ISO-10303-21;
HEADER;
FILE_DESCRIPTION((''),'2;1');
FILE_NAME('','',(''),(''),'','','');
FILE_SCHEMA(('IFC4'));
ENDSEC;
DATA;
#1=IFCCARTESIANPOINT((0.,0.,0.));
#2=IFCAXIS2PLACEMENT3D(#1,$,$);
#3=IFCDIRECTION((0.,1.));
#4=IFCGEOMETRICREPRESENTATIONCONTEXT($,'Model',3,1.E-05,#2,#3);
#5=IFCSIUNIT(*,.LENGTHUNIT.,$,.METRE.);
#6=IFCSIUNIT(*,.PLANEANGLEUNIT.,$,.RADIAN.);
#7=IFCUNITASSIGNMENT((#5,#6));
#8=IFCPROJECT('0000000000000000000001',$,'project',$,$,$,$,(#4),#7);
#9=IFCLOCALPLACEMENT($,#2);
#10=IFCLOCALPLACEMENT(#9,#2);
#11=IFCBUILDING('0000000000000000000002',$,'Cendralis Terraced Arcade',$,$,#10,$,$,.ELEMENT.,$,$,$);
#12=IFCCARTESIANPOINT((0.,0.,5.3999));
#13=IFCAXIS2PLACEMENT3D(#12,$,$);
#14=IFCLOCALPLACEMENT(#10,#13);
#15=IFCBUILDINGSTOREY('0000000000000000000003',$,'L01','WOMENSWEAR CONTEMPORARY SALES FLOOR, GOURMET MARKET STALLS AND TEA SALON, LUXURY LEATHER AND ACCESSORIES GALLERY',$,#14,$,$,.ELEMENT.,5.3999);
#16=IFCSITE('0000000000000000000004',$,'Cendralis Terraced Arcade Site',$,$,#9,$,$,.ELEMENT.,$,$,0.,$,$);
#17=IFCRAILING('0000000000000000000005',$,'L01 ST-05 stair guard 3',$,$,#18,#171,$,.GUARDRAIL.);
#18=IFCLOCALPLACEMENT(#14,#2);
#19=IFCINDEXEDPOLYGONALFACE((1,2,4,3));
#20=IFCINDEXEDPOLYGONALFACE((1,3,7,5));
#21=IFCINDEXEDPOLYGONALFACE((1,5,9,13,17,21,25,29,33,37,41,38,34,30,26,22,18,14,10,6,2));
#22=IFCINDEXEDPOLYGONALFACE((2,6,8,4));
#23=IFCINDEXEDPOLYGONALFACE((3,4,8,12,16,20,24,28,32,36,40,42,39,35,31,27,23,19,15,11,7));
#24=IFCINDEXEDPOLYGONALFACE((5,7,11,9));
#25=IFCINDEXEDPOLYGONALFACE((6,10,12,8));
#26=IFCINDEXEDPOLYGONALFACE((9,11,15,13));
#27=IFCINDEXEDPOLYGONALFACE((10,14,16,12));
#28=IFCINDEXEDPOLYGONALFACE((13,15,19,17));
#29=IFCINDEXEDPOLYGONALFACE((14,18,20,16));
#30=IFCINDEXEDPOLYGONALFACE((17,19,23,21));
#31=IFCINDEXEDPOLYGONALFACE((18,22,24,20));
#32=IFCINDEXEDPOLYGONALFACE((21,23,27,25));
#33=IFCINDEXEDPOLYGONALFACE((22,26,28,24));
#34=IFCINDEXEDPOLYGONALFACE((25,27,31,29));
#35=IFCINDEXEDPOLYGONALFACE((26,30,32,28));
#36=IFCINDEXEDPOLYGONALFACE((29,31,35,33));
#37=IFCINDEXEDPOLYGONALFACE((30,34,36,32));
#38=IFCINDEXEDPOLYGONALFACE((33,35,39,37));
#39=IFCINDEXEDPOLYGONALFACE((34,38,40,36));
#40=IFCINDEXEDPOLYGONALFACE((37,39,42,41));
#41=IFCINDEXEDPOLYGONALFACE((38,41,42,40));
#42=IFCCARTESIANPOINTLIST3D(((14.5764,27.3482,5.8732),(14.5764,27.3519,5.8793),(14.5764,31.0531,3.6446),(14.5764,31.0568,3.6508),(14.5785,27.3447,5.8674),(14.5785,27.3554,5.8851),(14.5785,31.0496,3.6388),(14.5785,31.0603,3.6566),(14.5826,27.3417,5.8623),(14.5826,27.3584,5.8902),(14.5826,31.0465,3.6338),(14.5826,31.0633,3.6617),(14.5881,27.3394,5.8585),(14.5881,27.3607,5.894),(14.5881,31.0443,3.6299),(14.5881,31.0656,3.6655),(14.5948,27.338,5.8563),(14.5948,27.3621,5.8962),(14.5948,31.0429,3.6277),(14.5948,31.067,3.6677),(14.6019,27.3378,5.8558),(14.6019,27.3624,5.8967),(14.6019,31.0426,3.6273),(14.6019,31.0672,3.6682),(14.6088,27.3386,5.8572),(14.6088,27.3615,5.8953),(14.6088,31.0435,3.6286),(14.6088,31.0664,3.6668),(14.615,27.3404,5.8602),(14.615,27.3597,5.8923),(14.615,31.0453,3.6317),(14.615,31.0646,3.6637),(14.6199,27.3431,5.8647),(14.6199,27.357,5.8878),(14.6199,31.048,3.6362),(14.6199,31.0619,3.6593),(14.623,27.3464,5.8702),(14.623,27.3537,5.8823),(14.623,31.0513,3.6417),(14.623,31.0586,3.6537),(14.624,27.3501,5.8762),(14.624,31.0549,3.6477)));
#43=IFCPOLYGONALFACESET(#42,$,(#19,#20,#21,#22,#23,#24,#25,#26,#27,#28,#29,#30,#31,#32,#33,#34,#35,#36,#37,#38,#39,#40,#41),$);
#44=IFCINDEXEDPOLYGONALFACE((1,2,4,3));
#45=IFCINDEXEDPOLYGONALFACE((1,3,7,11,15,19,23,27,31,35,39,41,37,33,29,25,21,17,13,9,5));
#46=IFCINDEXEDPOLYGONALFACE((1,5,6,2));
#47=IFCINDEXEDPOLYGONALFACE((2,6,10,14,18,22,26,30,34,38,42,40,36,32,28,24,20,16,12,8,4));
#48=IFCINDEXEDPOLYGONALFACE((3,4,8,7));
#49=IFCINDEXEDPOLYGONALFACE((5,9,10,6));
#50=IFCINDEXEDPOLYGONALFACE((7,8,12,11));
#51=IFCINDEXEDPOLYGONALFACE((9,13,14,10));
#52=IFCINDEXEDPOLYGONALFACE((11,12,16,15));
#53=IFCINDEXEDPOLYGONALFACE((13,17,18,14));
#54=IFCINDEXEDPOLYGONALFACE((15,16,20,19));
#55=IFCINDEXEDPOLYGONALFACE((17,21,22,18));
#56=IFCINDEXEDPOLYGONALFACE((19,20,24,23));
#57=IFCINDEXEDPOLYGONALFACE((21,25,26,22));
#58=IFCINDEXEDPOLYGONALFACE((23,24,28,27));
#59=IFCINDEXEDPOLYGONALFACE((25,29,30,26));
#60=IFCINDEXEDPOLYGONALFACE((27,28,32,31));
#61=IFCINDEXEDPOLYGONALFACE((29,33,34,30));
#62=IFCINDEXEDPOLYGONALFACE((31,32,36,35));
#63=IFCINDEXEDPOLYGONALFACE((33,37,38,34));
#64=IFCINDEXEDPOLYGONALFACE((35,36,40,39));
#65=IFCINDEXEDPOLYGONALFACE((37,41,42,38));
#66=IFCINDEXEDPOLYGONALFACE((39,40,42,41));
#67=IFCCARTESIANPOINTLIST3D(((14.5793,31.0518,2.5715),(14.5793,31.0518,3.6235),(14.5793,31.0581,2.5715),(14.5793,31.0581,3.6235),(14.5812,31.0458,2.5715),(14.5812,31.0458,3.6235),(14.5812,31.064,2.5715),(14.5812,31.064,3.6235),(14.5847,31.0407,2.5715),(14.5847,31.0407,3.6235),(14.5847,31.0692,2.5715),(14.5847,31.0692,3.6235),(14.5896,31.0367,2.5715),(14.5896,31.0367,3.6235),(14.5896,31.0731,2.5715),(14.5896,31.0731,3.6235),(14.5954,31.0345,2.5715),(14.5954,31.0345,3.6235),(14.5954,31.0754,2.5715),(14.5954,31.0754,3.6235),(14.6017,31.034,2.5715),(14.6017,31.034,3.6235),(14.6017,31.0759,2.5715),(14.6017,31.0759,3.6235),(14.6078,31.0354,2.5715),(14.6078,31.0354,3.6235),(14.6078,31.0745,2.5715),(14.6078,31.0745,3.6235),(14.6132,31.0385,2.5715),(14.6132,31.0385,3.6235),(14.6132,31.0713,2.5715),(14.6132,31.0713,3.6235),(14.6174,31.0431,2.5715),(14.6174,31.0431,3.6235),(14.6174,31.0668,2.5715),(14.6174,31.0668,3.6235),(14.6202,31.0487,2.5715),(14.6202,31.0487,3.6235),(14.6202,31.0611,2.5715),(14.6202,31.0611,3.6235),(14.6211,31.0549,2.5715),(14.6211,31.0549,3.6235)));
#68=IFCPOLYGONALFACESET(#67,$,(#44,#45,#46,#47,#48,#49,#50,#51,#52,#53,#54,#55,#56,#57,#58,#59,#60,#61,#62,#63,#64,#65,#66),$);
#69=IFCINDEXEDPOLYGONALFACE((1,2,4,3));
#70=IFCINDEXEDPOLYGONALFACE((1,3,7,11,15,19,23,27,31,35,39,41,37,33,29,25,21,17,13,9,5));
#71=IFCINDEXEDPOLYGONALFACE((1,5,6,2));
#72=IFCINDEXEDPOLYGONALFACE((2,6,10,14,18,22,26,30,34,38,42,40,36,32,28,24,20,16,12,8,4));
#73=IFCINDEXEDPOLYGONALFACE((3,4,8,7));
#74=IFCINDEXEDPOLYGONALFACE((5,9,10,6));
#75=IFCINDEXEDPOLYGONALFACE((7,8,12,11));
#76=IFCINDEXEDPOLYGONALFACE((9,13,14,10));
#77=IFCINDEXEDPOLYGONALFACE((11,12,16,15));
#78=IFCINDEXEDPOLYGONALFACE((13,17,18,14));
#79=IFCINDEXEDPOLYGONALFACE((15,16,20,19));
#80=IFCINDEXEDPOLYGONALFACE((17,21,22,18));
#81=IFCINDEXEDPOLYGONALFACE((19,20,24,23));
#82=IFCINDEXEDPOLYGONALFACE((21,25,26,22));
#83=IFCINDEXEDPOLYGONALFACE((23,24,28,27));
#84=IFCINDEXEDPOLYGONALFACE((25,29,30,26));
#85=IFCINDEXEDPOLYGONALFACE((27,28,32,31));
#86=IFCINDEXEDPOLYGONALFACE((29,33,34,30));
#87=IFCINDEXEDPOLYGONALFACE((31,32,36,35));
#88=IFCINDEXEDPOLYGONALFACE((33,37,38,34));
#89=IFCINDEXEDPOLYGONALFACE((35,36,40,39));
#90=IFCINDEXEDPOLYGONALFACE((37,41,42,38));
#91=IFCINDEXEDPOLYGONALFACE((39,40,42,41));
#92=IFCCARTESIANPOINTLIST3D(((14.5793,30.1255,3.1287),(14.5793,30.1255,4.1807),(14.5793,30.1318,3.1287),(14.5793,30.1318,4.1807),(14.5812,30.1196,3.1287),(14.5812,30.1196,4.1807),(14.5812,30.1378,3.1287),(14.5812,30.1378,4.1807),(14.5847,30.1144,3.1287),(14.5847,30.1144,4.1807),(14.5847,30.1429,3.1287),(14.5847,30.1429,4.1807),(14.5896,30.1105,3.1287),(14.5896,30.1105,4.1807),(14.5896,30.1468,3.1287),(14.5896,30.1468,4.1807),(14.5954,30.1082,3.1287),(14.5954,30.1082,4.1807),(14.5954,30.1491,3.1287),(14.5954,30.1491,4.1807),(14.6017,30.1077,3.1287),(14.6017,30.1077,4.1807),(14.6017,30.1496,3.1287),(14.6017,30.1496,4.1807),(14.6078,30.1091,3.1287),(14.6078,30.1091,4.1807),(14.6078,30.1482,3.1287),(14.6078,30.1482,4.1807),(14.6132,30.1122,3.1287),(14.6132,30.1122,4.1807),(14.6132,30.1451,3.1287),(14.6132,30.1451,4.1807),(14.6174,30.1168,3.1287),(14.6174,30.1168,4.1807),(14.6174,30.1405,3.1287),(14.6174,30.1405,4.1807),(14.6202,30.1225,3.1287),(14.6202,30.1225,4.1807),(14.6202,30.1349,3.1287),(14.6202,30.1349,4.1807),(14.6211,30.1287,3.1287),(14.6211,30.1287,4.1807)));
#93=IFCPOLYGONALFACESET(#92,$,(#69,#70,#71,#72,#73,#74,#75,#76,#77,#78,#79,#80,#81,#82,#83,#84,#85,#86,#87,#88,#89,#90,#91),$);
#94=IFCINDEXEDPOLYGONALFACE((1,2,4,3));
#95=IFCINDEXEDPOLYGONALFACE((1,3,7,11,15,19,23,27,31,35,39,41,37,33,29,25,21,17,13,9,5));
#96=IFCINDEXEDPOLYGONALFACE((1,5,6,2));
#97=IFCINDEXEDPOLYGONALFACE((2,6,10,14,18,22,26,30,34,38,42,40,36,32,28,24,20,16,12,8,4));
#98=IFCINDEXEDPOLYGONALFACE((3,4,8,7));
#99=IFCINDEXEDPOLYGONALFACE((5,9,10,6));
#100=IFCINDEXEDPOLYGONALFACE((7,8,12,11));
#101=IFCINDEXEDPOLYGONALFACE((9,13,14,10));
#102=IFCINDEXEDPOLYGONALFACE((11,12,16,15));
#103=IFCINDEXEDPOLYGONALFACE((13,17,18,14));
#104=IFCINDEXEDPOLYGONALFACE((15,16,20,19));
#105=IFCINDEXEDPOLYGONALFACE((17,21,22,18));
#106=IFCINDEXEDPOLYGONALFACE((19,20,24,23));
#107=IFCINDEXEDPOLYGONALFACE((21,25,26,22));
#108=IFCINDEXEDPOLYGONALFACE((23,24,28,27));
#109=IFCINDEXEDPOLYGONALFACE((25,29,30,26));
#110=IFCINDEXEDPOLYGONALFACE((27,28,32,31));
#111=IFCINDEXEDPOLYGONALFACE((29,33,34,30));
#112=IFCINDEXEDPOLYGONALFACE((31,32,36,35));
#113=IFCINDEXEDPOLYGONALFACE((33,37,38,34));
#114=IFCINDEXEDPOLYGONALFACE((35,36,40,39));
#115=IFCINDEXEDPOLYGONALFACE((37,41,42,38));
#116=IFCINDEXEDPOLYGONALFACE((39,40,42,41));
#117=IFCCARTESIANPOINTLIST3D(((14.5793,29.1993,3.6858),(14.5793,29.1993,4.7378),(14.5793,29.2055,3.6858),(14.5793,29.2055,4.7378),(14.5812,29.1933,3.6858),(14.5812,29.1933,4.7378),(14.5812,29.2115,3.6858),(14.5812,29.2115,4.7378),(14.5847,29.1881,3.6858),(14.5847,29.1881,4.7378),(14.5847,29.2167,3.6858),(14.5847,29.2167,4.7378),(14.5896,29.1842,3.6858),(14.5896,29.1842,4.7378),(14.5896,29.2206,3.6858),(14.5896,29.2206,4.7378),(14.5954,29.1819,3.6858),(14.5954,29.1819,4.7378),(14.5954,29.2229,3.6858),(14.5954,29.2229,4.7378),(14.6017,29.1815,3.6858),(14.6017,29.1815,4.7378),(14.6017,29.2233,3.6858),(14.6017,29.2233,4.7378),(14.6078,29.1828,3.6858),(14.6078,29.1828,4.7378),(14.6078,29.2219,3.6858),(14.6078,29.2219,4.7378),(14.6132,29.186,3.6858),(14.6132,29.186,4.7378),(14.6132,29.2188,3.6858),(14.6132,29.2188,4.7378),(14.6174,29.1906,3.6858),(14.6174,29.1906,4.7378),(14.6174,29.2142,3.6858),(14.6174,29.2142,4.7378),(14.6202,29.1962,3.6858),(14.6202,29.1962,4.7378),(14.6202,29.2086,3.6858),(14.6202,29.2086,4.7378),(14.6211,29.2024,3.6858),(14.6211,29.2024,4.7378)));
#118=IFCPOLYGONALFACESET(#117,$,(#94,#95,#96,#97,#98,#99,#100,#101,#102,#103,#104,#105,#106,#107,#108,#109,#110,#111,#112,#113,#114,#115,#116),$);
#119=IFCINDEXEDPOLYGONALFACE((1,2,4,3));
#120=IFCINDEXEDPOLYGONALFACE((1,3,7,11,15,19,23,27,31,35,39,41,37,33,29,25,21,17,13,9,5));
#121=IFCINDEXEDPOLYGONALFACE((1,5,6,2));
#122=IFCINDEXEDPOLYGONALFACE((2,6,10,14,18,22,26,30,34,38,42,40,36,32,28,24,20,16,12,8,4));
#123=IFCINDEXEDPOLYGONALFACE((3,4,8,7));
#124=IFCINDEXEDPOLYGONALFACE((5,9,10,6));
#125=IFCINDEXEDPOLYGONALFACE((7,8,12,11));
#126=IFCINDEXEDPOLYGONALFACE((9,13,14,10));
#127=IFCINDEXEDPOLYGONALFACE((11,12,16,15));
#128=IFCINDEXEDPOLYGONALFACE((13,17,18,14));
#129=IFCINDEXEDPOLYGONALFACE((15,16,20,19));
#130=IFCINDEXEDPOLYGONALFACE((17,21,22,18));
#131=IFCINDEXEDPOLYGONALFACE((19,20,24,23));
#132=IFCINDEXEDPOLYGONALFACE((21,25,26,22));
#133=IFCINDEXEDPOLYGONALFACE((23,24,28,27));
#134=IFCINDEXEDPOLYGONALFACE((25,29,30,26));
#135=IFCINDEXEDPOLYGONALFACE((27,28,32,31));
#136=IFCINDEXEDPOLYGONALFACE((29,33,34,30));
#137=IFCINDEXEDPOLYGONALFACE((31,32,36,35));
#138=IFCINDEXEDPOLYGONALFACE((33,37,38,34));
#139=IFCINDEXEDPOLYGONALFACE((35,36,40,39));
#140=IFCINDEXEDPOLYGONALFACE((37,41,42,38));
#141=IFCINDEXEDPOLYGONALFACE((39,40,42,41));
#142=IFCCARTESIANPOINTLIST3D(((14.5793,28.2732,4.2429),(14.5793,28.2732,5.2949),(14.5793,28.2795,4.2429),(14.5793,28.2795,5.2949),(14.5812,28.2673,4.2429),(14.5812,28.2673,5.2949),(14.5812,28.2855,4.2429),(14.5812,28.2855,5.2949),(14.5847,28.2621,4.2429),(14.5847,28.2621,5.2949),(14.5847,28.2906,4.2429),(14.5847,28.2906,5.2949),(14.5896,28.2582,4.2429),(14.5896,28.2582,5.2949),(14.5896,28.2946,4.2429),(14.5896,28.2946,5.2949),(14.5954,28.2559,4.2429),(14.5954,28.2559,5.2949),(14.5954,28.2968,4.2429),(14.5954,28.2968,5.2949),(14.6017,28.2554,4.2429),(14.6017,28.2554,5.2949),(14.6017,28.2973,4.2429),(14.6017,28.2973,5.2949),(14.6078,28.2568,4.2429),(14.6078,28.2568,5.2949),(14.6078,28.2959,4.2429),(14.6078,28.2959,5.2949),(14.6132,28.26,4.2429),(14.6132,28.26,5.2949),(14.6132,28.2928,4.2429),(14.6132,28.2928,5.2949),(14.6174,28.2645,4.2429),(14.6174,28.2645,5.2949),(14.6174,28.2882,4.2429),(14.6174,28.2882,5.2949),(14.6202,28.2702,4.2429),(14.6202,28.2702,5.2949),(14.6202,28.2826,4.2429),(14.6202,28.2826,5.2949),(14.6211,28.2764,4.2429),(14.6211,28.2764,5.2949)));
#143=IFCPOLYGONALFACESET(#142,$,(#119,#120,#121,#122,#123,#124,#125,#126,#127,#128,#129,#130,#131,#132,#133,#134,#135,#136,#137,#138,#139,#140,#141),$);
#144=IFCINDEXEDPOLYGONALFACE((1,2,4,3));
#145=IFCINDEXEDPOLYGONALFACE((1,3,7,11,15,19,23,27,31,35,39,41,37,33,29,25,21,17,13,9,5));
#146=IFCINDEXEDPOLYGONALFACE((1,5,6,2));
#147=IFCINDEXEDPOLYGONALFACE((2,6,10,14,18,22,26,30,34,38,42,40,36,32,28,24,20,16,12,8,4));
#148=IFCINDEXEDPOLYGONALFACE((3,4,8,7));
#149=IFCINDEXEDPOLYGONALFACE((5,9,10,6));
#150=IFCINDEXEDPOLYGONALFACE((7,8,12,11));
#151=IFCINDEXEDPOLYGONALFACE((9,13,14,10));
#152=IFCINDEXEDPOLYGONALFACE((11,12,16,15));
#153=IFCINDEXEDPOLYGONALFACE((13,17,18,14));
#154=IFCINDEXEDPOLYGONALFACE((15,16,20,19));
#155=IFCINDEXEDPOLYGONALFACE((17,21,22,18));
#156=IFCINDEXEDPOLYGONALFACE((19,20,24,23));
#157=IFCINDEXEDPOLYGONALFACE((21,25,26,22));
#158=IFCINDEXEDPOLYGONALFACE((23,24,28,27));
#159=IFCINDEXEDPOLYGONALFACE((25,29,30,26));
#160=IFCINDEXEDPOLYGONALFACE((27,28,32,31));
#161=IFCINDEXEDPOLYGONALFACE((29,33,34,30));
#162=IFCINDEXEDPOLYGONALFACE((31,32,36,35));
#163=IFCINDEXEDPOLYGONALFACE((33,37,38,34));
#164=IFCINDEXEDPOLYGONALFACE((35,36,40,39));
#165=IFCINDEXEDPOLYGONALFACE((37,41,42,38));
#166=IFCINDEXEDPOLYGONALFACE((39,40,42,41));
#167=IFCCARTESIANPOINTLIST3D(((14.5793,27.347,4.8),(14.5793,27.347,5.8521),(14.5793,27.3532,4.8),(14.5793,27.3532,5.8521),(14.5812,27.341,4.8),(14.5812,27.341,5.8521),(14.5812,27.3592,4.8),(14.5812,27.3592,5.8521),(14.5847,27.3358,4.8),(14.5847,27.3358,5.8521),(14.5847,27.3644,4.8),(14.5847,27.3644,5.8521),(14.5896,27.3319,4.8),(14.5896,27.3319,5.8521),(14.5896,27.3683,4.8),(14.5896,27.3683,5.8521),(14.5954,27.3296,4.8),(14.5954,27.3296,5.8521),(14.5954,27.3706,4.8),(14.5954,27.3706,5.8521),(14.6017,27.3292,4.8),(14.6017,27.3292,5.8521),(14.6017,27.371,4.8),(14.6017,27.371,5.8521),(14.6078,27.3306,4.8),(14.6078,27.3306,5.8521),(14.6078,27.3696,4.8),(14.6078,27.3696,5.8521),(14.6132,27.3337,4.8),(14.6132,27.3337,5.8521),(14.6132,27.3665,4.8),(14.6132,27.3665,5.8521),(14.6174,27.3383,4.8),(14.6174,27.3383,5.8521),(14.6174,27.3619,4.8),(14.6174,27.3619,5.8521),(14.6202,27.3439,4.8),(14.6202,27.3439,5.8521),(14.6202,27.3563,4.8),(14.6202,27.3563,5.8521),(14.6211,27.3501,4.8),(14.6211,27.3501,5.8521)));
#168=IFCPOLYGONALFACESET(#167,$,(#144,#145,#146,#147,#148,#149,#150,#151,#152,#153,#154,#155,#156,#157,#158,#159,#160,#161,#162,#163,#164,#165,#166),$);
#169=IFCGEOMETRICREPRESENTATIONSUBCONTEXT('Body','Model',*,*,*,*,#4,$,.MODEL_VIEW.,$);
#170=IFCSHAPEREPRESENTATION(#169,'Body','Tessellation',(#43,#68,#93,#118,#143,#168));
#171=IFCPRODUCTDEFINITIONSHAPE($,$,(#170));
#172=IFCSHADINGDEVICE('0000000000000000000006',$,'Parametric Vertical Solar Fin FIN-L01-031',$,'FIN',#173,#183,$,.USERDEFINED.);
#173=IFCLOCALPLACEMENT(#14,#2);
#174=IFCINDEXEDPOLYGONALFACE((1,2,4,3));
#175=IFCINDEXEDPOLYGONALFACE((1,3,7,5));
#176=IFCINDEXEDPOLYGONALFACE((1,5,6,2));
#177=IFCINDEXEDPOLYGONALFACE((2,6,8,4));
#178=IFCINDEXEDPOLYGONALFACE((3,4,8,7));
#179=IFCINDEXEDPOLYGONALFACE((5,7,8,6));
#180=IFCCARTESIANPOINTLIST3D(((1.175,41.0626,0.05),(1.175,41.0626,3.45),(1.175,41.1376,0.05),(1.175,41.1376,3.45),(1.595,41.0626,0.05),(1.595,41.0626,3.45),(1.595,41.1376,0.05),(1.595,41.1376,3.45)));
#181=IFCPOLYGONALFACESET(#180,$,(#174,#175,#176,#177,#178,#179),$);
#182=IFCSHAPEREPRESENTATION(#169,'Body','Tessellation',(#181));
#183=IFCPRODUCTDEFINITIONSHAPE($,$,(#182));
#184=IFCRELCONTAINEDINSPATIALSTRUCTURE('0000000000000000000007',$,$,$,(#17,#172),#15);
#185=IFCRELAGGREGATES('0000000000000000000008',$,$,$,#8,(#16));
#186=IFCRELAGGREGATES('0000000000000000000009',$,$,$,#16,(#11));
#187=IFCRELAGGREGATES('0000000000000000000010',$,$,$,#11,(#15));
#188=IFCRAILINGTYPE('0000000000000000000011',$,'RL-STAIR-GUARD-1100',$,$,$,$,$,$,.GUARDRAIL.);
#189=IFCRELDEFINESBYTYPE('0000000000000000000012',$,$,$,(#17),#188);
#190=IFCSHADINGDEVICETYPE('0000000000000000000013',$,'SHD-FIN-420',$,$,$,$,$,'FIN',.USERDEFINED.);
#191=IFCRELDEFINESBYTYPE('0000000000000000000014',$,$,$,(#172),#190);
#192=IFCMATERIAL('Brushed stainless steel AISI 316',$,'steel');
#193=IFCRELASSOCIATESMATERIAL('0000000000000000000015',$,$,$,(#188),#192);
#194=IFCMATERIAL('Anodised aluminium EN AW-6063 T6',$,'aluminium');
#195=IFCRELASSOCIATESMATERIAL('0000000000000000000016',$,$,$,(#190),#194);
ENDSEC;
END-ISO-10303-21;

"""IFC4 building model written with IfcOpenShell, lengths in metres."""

from ifc_helpers import new_model, si_unit, direction, frame, origin, origin_2d, place, context, subcontext, project, spatial, rectangle, circle, extrude, material, type_object, element, save


model = new_model("IFC4")

# Units and contexts
model_context = context("Model", 3, precision=1e-05, world=origin(), true_north=direction((0.0, 1.0)))
body_context = subcontext(model_context, "Body", "Model", "MODEL_VIEW")
ifc_project = project(units=[si_unit("LENGTHUNIT", "METRE"), si_unit("PLANEANGLEUNIT", "RADIAN")], contexts=[model_context])

# Site, building, storey
site_placement = place(None, origin())
site = spatial("IfcSite", under=ifc_project, at=site_placement, Name="Cendralis Terraced Arcade Site", CompositionType="ELEMENT", RefElevation=0.0)
building_placement = place(site_placement, origin())
building = spatial("IfcBuilding", under=site, at=building_placement, Name="Cendralis Terraced Arcade", CompositionType="ELEMENT")
storey_placement = place(building_placement, frame((0.0, 0.0, 5.3999)))
storey = spatial("IfcBuildingStorey", under=building, at=storey_placement, Name="L01", Description="WOMENSWEAR CONTEMPORARY SALES FLOOR, GOURMET MARKET STALLS AND TEA SALON, LUXURY LEATHER AND ACCESSORIES GALLERY", CompositionType="ELEMENT", Elevation=5.3999)

# Shared definitions
ifc_material_1 = material(Name="Anodised aluminium EN AW-6063 T6", Category="aluminium")

# Railing
ifc_material_2 = material(Name="Brushed stainless steel AISI 316", Category="steel")
railing_type = type_object("IfcRailingType", Name="RL-STAIR-GUARD-1100", PredefinedType="GUARDRAIL", material=ifc_material_2)
railing_1_placement = place(storey_placement, frame((14.6001, 31.0549, 2.5715)))
element("IfcRailing", 1, at=railing_1_placement, inside=storey, type_object=railing_type, Name="L01 ST-05 stair guard 3", PredefinedType="GUARDRAIL", context=body_context, shape_type="SweptSolid", body=[
    extrude(circle(Radius=0.0239, at=origin_2d()), frame((0.0, 0.0, 1.0762), z_axis=(0.0, -0.856919, 0.51545), x_axis=(1.0, 0.0, 0.0)), (0.0, 0.0, 1.0), 4.3235),
    extrude(circle(Radius=0.021, at=origin_2d()), origin(), (0.0, 0.0, 1.0), 1.052),
    extrude(circle(Radius=0.021, at=origin_2d()), frame((0.0, -0.9263, 0.5571)), (0.0, 0.0, 1.0), 1.052),
    extrude(circle(Radius=0.021, at=origin_2d()), frame((0.0, -1.8525, 1.1143)), (0.0, 0.0, 1.0), 1.052),
    extrude(circle(Radius=0.021, at=origin_2d()), frame((0.0, -2.7786, 1.6714)), (0.0, 0.0, 1.0), 1.052),
    extrude(circle(Radius=0.021, at=origin_2d()), frame((0.0, -3.7048, 2.2285)), (0.0, 0.0, 1.0), 1.052),
])

# Shading device
shading_device_type = type_object("IfcShadingDeviceType", Name="SHD-FIN-420", ElementType="FIN", PredefinedType="USERDEFINED", material=ifc_material_1)
shading_device_placement = place(storey_placement, frame((1.385, 41.1001, 0.05), z_axis=(0.0, 0.0, 1.0), x_axis=(0.0, 1.0, 0.0)))
element("IfcShadingDevice", 2, at=shading_device_placement, inside=storey, type_object=shading_device_type, Name="Parametric Vertical Solar Fin FIN-L01-031", ObjectType="FIN", PredefinedType="USERDEFINED", context=body_context, shape_type="SweptSolid", body=[
    extrude(rectangle(XDim=0.075, YDim=0.4199, at=origin_2d()), origin(), (0.0, 0.0, 1.0), 3.3999),
])

save(model, "model.ifc")
